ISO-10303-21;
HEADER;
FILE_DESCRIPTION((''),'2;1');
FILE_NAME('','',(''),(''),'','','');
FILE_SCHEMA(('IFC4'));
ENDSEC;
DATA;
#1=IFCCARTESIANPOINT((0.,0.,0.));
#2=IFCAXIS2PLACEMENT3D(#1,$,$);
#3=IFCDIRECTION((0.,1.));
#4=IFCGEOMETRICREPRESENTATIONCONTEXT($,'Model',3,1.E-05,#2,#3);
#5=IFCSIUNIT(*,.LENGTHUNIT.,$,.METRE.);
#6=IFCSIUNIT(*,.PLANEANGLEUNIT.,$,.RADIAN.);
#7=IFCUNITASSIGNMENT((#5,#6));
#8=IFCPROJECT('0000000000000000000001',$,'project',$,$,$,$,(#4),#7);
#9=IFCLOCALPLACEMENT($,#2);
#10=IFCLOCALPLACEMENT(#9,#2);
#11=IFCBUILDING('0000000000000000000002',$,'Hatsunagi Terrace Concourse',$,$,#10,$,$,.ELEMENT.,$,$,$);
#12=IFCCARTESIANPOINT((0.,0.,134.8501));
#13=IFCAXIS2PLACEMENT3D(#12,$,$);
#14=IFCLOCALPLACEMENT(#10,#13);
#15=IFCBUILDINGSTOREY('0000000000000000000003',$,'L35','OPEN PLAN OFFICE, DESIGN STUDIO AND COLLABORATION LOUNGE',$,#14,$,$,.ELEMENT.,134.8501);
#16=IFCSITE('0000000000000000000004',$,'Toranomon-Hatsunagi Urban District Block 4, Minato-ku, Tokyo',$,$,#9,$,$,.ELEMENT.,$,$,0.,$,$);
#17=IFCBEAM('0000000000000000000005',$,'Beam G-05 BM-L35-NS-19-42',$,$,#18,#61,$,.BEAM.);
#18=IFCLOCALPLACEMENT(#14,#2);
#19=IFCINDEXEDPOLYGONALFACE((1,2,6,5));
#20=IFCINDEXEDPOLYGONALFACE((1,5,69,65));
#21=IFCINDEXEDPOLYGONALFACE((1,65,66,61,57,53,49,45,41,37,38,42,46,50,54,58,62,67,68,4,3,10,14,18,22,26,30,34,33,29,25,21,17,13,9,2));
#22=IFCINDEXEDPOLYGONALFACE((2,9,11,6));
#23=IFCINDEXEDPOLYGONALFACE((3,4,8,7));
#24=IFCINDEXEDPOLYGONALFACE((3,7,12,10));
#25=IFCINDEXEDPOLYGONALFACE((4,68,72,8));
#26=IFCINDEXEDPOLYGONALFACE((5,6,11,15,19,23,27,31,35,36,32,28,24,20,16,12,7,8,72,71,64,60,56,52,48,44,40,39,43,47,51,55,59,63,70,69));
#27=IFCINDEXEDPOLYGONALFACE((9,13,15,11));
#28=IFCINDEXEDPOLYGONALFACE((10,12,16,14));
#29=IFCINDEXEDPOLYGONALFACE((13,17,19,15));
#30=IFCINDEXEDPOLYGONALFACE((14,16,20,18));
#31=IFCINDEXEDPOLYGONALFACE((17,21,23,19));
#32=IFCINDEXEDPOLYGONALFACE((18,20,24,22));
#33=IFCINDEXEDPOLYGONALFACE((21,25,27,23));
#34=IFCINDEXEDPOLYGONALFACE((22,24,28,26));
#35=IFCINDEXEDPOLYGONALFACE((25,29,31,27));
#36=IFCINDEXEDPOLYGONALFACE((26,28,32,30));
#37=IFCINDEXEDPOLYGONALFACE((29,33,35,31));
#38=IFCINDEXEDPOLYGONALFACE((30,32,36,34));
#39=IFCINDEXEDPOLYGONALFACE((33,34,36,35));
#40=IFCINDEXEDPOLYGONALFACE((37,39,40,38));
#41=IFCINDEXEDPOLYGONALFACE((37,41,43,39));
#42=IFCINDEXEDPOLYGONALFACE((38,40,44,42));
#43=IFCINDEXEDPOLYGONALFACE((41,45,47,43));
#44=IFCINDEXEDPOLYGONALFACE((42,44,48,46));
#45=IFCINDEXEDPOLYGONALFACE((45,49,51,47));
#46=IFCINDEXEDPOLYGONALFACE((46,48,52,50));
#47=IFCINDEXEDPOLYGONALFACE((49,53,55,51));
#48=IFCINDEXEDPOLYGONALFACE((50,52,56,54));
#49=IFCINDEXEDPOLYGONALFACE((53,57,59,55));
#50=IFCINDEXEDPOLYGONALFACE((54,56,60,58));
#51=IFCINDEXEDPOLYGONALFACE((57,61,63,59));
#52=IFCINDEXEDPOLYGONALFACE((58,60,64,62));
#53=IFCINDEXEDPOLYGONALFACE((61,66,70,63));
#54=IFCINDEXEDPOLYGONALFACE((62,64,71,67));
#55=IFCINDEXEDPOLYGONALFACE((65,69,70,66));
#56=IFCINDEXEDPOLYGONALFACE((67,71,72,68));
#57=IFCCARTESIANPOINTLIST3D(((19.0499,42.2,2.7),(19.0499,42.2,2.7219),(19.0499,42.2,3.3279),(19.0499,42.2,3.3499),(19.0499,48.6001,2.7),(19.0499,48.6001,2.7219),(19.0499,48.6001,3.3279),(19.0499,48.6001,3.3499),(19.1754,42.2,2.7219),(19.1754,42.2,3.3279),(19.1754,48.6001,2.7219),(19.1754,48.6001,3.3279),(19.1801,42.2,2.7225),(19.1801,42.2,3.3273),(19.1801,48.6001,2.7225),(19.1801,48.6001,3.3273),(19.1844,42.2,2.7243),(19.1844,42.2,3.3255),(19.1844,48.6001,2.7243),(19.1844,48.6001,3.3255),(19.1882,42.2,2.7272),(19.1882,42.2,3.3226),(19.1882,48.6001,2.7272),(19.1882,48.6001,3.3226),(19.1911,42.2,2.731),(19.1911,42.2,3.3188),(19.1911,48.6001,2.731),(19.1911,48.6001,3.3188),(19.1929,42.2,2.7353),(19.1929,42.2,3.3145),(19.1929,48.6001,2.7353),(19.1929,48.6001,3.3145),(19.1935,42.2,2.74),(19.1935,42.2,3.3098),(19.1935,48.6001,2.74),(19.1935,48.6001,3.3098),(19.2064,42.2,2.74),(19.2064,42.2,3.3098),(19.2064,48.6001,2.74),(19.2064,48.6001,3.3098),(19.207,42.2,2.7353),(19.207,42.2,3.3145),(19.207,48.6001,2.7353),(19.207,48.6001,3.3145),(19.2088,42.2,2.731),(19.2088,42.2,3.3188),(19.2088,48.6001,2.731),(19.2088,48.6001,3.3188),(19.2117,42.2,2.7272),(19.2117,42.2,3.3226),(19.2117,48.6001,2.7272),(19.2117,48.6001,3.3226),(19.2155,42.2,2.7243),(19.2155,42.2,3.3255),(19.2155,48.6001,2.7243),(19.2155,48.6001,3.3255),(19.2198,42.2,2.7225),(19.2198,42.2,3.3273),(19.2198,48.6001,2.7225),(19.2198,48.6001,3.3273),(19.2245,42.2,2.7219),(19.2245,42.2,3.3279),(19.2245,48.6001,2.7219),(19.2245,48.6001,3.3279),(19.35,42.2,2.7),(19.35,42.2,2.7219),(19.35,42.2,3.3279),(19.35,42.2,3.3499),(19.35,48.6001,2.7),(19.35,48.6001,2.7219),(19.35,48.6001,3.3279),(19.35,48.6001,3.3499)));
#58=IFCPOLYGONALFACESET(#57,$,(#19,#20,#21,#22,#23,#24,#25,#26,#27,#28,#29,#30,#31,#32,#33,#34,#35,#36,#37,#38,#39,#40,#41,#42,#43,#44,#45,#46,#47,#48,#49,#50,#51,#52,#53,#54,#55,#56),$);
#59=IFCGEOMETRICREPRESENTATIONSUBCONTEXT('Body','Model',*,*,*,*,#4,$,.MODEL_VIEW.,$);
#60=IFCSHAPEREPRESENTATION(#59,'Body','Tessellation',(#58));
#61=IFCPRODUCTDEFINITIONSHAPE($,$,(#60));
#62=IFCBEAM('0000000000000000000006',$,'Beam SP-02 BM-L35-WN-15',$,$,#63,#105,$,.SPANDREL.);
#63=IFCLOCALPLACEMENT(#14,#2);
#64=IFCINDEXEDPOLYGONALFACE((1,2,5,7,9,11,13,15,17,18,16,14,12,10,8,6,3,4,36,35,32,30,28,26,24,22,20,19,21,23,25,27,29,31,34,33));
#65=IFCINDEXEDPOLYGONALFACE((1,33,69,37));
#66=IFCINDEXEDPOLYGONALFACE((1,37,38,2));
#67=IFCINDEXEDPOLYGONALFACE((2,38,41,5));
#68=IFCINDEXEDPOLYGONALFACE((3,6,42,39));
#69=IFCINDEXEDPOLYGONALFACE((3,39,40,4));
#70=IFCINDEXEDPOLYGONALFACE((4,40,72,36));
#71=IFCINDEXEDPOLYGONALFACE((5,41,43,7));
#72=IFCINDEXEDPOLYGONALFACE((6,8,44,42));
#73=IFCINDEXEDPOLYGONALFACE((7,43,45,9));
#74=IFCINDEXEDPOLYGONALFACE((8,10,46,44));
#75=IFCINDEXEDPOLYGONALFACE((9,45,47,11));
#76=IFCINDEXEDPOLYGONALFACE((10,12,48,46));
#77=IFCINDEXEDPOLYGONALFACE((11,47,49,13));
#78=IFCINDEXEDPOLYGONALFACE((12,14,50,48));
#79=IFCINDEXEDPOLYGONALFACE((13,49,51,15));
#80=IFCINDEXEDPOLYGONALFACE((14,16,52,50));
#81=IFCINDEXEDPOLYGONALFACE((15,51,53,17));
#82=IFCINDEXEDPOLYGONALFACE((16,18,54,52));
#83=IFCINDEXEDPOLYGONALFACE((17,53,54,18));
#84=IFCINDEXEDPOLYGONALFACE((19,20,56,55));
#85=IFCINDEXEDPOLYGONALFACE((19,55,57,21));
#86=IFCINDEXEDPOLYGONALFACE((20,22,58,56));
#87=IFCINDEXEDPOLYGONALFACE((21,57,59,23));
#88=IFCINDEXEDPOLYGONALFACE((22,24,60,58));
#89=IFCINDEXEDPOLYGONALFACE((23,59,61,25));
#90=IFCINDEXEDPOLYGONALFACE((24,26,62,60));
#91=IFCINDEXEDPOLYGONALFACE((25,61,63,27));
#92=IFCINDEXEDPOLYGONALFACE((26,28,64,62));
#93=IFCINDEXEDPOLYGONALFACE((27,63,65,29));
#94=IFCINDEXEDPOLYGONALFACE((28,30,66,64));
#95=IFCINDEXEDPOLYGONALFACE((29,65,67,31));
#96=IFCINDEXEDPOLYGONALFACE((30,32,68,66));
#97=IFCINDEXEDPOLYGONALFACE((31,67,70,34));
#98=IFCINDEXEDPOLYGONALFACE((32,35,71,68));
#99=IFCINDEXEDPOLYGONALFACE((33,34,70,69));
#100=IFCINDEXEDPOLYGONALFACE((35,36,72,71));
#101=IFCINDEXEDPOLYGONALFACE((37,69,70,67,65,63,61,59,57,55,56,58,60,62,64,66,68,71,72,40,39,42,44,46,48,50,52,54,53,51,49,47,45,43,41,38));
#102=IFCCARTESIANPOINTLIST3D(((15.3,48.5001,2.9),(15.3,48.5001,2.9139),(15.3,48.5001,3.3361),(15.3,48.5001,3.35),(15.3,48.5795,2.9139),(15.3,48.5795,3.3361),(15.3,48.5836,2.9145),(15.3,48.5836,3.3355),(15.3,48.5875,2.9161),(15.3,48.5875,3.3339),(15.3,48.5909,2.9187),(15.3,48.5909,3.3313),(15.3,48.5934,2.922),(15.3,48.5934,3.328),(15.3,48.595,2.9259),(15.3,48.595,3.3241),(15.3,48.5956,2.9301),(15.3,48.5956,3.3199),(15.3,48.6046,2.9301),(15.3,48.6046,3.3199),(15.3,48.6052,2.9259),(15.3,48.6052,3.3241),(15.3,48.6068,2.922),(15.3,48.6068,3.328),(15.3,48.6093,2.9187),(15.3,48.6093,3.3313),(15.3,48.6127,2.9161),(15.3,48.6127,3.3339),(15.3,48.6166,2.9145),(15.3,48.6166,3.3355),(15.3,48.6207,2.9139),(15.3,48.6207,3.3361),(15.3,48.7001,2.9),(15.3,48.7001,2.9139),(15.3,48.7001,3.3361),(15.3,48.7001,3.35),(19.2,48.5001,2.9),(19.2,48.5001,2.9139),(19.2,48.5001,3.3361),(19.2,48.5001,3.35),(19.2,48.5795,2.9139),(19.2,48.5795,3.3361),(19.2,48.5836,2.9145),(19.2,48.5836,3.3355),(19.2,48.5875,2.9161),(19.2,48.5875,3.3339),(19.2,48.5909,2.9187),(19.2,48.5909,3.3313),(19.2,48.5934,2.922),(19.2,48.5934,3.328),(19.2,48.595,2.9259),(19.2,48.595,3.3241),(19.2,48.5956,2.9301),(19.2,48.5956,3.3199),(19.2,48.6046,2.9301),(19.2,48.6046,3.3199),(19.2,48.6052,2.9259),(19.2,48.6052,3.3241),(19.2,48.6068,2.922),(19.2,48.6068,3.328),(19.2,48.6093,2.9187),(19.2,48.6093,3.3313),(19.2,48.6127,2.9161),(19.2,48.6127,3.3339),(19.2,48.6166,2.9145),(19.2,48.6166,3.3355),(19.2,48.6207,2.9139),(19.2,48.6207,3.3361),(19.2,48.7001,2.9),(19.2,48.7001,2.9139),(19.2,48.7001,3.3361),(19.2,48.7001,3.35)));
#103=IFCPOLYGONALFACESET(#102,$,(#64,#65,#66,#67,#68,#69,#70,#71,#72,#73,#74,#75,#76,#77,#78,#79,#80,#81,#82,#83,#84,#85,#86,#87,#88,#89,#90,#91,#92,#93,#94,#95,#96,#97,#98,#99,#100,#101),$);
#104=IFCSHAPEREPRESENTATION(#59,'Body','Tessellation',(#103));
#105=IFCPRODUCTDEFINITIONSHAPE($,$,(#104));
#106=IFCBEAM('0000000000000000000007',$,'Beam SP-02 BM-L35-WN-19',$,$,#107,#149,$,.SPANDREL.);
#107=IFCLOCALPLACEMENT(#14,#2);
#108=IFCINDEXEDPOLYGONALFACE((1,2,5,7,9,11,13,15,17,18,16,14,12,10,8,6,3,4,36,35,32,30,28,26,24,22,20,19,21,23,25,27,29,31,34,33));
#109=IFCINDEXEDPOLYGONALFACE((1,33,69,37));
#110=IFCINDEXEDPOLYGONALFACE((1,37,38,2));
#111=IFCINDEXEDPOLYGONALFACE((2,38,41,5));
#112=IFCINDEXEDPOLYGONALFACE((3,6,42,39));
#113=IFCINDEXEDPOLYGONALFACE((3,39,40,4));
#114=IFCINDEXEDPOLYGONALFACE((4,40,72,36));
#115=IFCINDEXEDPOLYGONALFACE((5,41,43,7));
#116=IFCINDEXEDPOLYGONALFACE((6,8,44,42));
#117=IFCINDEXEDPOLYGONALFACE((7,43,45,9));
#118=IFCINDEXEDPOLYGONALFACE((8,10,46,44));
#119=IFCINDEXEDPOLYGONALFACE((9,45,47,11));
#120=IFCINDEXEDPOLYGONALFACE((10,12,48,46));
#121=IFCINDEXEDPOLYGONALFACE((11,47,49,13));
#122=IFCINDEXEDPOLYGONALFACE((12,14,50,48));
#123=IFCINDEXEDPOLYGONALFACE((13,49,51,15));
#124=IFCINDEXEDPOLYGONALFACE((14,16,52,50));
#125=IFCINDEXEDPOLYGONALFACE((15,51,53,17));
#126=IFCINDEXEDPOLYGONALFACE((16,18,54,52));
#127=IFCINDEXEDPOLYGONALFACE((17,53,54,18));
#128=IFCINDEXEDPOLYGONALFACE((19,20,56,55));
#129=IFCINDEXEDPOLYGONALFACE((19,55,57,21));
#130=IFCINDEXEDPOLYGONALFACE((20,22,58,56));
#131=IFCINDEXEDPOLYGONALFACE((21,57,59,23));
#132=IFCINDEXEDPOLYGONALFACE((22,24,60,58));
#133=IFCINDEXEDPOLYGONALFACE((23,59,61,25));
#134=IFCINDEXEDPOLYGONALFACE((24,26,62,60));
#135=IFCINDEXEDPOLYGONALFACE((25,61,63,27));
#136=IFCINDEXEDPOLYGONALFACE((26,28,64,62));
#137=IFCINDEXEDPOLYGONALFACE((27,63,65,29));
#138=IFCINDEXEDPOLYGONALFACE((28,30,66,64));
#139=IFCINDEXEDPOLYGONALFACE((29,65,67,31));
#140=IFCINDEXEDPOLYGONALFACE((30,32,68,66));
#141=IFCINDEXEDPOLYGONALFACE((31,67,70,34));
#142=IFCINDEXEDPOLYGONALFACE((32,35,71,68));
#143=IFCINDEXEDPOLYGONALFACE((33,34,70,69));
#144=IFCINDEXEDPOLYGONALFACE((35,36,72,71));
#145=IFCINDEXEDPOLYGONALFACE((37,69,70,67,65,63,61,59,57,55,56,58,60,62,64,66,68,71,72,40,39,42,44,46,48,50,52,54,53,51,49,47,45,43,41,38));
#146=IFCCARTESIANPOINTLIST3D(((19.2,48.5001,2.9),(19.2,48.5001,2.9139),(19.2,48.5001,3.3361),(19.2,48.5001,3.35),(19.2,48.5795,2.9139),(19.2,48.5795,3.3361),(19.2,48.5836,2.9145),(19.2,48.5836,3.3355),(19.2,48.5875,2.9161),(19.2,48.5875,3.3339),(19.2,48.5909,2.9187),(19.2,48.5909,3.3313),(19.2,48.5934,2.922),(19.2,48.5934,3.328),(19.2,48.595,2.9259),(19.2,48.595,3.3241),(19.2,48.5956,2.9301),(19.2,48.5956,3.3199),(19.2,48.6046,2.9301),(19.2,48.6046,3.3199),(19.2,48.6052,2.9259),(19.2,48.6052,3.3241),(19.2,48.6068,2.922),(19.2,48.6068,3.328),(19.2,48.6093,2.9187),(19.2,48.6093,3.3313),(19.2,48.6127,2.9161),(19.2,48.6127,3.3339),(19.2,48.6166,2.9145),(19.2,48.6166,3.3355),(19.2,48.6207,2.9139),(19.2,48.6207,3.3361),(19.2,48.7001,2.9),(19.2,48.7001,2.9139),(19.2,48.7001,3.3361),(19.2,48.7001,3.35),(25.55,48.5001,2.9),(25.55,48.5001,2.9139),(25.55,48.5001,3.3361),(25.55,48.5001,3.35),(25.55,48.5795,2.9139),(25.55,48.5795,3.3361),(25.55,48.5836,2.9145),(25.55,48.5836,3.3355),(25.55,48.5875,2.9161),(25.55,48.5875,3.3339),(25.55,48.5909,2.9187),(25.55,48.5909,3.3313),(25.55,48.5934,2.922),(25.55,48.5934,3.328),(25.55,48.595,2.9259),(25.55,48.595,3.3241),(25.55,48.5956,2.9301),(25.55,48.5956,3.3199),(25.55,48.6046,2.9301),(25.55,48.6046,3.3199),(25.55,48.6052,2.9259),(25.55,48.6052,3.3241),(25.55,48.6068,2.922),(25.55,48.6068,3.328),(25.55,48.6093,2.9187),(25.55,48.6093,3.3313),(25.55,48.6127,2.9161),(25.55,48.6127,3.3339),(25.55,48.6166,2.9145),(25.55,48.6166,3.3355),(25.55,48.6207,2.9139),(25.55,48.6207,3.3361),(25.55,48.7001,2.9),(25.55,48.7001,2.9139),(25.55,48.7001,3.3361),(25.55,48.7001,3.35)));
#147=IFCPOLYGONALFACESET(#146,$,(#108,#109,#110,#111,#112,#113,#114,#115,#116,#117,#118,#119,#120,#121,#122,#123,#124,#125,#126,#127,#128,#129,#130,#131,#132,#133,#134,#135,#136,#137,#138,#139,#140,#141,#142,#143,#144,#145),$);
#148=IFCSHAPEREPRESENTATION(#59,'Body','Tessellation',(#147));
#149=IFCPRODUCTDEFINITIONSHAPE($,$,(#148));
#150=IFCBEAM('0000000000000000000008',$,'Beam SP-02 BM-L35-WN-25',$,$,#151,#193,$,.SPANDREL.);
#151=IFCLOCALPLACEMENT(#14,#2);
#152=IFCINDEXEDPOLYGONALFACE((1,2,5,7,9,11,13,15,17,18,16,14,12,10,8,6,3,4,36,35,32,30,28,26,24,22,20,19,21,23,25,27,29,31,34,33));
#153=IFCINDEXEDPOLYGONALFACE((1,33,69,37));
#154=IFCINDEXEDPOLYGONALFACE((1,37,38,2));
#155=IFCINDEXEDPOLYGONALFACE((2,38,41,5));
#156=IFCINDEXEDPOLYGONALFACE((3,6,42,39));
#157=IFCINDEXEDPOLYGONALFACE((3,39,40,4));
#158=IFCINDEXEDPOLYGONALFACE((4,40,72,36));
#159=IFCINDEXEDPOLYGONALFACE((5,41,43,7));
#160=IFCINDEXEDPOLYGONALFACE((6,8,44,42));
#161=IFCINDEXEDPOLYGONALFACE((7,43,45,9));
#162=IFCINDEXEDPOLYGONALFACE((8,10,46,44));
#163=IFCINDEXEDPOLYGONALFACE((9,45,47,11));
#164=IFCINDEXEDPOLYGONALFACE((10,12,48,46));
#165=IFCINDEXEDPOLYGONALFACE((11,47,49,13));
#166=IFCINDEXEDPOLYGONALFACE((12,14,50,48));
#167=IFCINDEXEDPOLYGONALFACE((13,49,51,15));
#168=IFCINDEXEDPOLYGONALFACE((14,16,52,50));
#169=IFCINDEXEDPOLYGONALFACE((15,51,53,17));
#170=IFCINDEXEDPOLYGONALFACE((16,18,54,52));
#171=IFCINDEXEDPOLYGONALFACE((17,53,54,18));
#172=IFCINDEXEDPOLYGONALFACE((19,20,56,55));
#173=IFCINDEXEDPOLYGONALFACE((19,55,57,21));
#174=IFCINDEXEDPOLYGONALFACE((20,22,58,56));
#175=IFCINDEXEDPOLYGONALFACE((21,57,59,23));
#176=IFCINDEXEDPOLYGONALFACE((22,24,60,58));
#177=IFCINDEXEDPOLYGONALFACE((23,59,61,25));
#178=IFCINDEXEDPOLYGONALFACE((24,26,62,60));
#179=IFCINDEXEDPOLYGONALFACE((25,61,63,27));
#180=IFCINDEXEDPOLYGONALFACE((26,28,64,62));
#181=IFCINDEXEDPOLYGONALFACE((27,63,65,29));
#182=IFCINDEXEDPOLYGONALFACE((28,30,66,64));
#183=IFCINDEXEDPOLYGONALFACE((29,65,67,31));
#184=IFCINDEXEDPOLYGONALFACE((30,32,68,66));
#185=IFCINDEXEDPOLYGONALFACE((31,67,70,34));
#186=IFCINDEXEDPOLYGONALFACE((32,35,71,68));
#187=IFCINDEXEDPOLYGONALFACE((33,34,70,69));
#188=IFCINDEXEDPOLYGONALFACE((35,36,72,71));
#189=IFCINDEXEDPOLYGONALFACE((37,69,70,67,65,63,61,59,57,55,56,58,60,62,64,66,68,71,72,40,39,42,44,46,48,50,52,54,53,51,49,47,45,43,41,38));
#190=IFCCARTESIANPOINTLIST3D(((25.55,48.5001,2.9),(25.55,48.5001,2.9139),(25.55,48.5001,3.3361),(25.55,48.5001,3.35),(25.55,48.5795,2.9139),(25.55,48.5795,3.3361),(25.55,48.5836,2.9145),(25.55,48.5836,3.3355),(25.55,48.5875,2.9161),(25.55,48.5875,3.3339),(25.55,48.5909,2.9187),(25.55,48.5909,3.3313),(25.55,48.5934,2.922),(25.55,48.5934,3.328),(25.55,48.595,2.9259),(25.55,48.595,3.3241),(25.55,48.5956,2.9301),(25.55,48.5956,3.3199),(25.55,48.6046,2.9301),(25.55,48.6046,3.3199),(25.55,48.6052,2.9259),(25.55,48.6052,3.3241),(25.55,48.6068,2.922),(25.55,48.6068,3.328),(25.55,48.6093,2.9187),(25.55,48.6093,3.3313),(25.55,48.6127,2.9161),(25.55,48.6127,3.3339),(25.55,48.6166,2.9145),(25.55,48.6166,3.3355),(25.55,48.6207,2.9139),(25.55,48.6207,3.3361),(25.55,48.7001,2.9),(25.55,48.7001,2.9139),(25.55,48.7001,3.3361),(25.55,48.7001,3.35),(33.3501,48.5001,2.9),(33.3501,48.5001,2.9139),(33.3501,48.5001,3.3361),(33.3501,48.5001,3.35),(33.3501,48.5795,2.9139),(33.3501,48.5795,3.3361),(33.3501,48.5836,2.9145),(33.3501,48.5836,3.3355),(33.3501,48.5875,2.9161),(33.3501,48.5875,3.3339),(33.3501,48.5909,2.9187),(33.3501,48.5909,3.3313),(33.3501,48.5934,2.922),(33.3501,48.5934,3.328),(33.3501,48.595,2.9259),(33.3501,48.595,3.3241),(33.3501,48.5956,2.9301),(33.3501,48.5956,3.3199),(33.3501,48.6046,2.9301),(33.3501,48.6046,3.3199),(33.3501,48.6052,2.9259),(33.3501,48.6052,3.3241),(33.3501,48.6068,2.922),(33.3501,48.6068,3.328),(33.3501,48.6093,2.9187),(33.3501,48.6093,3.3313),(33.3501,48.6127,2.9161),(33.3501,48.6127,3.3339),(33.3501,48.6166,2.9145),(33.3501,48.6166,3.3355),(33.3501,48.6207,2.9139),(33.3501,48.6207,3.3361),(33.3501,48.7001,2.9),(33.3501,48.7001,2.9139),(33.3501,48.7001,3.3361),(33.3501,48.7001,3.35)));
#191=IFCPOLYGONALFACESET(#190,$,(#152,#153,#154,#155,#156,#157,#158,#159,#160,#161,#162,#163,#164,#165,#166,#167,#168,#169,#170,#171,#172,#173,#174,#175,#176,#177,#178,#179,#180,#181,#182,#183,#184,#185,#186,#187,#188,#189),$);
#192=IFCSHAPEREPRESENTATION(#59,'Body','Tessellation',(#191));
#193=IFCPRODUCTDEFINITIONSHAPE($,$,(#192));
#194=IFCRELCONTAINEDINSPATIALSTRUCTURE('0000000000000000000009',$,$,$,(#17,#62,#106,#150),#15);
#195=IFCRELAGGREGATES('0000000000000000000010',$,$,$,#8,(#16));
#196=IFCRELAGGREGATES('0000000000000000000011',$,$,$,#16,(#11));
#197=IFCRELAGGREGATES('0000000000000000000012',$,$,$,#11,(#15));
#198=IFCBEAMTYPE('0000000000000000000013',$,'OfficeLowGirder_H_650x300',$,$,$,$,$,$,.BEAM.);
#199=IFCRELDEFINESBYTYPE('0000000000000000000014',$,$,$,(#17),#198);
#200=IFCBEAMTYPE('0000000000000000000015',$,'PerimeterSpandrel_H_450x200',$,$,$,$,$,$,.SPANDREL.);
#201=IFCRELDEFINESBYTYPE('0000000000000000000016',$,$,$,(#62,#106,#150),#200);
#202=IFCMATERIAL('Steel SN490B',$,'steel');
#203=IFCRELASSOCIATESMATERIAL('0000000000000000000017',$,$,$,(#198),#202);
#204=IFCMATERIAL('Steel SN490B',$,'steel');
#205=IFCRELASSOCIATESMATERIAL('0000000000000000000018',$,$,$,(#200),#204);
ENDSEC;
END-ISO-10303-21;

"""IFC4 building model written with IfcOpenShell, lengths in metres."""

from ifc_helpers import new_model, si_unit, direction, frame, origin, origin_2d, place, context, subcontext, project, spatial, i_section, extrude, material, material_profile, profile_set, type_object, element, save


model = new_model("IFC4")

# Units and contexts
model_context = context("Model", 3, precision=1e-05, world=origin(), true_north=direction((0.0, 1.0)))
body_context = subcontext(model_context, "Body", "Model", "MODEL_VIEW")
ifc_project = project(units=[si_unit("LENGTHUNIT", "METRE"), si_unit("PLANEANGLEUNIT", "RADIAN")], contexts=[model_context])

# Site, building, storey
site_placement = place(None, origin())
site = spatial("IfcSite", under=ifc_project, at=site_placement, Name="Toranomon-Hatsunagi Urban District Block 4, Minato-ku, Tokyo", CompositionType="ELEMENT", RefElevation=0.0)
building_placement = place(site_placement, origin())
building = spatial("IfcBuilding", under=site, at=building_placement, Name="Hatsunagi Terrace Concourse", CompositionType="ELEMENT")
storey_placement = place(building_placement, frame((0.0, 0.0, 134.8501)))
storey = spatial("IfcBuildingStorey", under=building, at=storey_placement, Name="L35", Description="OPEN PLAN OFFICE, DESIGN STUDIO AND COLLABORATION LOUNGE", CompositionType="ELEMENT", Elevation=134.8501)

# Beams
ifc_material_1 = material(Name="Steel SN490B", Category="steel")
ifc_material_profile_1 = material_profile(ifc_material_1, i_section(OverallWidth=0.3, OverallDepth=0.6499, WebThickness=0.0129, FlangeThickness=0.022, FilletRadius=0.0181, at=origin_2d()), Name="H-650x300x13x22")
ifc_profile_set_1 = profile_set([ifc_material_profile_1], Name="Steel SN490B")
beam_type_1 = type_object("IfcBeamType", Name="OfficeLowGirder_H_650x300", PredefinedType="BEAM", material=ifc_profile_set_1)
beam_1_placement = place(storey_placement, frame((19.2, 42.2, 3.0249), z_axis=(0.0, 1.0, 0.0), x_axis=(-1.0, 0.0, 0.0)))
element("IfcBeam", 1, at=beam_1_placement, inside=storey, type_object=beam_type_1, Name="Beam G-05 BM-L35-NS-19-42", PredefinedType="BEAM", context=body_context, shape_type="SweptSolid", body=[
    extrude(i_section(OverallWidth=0.3, OverallDepth=0.6499, WebThickness=0.0129, FlangeThickness=0.022, FilletRadius=0.0181, at=origin_2d()), origin(), (0.0, 0.0, 1.0), 6.4001),
])
ifc_material_2 = material(Name="Steel SN490B", Category="steel")
ifc_material_profile_2 = material_profile(ifc_material_2, i_section(OverallWidth=0.2, OverallDepth=0.45, WebThickness=0.009, FlangeThickness=0.0139, FilletRadius=0.0161, at=origin_2d()), Name="H-450x200x9x14")
ifc_profile_set_2 = profile_set([ifc_material_profile_2], Name="Steel SN490B")
beam_type_2 = type_object("IfcBeamType", Name="PerimeterSpandrel_H_450x200", PredefinedType="SPANDREL", material=ifc_profile_set_2)
beam_2_placement = place(storey_placement, frame((15.3, 48.6001, 3.125), z_axis=(1.0, 0.0, 0.0), x_axis=(0.0, 1.0, 0.0)))
element("IfcBeam", 2, at=beam_2_placement, inside=storey, type_object=beam_type_2, Name="Beam SP-02 BM-L35-WN-15", PredefinedType="SPANDREL", context=body_context, shape_type="SweptSolid", body=[
    extrude(i_section(OverallWidth=0.2, OverallDepth=0.45, WebThickness=0.009, FlangeThickness=0.0139, FilletRadius=0.0161, at=origin_2d()), origin(), (0.0, 0.0, 1.0), 3.8999),
])
beam_3_placement = place(storey_placement, frame((19.2, 48.6001, 3.125), z_axis=(1.0, 0.0, 0.0), x_axis=(0.0, 1.0, 0.0)))
element("IfcBeam", 3, at=beam_3_placement, inside=storey, type_object=beam_type_2, Name="Beam SP-02 BM-L35-WN-19", PredefinedType="SPANDREL", context=body_context, shape_type="SweptSolid", body=[
    extrude(i_section(OverallWidth=0.2, OverallDepth=0.45, WebThickness=0.009, FlangeThickness=0.0139, FilletRadius=0.0161, at=origin_2d()), origin(), (0.0, 0.0, 1.0), 6.3501),
])
beam_4_placement = place(storey_placement, frame((25.55, 48.6001, 3.125), z_axis=(1.0, 0.0, 0.0), x_axis=(0.0, 1.0, 0.0)))
element("IfcBeam", 4, at=beam_4_placement, inside=storey, type_object=beam_type_2, Name="Beam SP-02 BM-L35-WN-25", PredefinedType="SPANDREL", context=body_context, shape_type="SweptSolid", body=[
    extrude(i_section(OverallWidth=0.2, OverallDepth=0.45, WebThickness=0.009, FlangeThickness=0.0139, FilletRadius=0.0161, at=origin_2d()), origin(), (0.0, 0.0, 1.0), 7.8),
])

save(model, "model.ifc")
